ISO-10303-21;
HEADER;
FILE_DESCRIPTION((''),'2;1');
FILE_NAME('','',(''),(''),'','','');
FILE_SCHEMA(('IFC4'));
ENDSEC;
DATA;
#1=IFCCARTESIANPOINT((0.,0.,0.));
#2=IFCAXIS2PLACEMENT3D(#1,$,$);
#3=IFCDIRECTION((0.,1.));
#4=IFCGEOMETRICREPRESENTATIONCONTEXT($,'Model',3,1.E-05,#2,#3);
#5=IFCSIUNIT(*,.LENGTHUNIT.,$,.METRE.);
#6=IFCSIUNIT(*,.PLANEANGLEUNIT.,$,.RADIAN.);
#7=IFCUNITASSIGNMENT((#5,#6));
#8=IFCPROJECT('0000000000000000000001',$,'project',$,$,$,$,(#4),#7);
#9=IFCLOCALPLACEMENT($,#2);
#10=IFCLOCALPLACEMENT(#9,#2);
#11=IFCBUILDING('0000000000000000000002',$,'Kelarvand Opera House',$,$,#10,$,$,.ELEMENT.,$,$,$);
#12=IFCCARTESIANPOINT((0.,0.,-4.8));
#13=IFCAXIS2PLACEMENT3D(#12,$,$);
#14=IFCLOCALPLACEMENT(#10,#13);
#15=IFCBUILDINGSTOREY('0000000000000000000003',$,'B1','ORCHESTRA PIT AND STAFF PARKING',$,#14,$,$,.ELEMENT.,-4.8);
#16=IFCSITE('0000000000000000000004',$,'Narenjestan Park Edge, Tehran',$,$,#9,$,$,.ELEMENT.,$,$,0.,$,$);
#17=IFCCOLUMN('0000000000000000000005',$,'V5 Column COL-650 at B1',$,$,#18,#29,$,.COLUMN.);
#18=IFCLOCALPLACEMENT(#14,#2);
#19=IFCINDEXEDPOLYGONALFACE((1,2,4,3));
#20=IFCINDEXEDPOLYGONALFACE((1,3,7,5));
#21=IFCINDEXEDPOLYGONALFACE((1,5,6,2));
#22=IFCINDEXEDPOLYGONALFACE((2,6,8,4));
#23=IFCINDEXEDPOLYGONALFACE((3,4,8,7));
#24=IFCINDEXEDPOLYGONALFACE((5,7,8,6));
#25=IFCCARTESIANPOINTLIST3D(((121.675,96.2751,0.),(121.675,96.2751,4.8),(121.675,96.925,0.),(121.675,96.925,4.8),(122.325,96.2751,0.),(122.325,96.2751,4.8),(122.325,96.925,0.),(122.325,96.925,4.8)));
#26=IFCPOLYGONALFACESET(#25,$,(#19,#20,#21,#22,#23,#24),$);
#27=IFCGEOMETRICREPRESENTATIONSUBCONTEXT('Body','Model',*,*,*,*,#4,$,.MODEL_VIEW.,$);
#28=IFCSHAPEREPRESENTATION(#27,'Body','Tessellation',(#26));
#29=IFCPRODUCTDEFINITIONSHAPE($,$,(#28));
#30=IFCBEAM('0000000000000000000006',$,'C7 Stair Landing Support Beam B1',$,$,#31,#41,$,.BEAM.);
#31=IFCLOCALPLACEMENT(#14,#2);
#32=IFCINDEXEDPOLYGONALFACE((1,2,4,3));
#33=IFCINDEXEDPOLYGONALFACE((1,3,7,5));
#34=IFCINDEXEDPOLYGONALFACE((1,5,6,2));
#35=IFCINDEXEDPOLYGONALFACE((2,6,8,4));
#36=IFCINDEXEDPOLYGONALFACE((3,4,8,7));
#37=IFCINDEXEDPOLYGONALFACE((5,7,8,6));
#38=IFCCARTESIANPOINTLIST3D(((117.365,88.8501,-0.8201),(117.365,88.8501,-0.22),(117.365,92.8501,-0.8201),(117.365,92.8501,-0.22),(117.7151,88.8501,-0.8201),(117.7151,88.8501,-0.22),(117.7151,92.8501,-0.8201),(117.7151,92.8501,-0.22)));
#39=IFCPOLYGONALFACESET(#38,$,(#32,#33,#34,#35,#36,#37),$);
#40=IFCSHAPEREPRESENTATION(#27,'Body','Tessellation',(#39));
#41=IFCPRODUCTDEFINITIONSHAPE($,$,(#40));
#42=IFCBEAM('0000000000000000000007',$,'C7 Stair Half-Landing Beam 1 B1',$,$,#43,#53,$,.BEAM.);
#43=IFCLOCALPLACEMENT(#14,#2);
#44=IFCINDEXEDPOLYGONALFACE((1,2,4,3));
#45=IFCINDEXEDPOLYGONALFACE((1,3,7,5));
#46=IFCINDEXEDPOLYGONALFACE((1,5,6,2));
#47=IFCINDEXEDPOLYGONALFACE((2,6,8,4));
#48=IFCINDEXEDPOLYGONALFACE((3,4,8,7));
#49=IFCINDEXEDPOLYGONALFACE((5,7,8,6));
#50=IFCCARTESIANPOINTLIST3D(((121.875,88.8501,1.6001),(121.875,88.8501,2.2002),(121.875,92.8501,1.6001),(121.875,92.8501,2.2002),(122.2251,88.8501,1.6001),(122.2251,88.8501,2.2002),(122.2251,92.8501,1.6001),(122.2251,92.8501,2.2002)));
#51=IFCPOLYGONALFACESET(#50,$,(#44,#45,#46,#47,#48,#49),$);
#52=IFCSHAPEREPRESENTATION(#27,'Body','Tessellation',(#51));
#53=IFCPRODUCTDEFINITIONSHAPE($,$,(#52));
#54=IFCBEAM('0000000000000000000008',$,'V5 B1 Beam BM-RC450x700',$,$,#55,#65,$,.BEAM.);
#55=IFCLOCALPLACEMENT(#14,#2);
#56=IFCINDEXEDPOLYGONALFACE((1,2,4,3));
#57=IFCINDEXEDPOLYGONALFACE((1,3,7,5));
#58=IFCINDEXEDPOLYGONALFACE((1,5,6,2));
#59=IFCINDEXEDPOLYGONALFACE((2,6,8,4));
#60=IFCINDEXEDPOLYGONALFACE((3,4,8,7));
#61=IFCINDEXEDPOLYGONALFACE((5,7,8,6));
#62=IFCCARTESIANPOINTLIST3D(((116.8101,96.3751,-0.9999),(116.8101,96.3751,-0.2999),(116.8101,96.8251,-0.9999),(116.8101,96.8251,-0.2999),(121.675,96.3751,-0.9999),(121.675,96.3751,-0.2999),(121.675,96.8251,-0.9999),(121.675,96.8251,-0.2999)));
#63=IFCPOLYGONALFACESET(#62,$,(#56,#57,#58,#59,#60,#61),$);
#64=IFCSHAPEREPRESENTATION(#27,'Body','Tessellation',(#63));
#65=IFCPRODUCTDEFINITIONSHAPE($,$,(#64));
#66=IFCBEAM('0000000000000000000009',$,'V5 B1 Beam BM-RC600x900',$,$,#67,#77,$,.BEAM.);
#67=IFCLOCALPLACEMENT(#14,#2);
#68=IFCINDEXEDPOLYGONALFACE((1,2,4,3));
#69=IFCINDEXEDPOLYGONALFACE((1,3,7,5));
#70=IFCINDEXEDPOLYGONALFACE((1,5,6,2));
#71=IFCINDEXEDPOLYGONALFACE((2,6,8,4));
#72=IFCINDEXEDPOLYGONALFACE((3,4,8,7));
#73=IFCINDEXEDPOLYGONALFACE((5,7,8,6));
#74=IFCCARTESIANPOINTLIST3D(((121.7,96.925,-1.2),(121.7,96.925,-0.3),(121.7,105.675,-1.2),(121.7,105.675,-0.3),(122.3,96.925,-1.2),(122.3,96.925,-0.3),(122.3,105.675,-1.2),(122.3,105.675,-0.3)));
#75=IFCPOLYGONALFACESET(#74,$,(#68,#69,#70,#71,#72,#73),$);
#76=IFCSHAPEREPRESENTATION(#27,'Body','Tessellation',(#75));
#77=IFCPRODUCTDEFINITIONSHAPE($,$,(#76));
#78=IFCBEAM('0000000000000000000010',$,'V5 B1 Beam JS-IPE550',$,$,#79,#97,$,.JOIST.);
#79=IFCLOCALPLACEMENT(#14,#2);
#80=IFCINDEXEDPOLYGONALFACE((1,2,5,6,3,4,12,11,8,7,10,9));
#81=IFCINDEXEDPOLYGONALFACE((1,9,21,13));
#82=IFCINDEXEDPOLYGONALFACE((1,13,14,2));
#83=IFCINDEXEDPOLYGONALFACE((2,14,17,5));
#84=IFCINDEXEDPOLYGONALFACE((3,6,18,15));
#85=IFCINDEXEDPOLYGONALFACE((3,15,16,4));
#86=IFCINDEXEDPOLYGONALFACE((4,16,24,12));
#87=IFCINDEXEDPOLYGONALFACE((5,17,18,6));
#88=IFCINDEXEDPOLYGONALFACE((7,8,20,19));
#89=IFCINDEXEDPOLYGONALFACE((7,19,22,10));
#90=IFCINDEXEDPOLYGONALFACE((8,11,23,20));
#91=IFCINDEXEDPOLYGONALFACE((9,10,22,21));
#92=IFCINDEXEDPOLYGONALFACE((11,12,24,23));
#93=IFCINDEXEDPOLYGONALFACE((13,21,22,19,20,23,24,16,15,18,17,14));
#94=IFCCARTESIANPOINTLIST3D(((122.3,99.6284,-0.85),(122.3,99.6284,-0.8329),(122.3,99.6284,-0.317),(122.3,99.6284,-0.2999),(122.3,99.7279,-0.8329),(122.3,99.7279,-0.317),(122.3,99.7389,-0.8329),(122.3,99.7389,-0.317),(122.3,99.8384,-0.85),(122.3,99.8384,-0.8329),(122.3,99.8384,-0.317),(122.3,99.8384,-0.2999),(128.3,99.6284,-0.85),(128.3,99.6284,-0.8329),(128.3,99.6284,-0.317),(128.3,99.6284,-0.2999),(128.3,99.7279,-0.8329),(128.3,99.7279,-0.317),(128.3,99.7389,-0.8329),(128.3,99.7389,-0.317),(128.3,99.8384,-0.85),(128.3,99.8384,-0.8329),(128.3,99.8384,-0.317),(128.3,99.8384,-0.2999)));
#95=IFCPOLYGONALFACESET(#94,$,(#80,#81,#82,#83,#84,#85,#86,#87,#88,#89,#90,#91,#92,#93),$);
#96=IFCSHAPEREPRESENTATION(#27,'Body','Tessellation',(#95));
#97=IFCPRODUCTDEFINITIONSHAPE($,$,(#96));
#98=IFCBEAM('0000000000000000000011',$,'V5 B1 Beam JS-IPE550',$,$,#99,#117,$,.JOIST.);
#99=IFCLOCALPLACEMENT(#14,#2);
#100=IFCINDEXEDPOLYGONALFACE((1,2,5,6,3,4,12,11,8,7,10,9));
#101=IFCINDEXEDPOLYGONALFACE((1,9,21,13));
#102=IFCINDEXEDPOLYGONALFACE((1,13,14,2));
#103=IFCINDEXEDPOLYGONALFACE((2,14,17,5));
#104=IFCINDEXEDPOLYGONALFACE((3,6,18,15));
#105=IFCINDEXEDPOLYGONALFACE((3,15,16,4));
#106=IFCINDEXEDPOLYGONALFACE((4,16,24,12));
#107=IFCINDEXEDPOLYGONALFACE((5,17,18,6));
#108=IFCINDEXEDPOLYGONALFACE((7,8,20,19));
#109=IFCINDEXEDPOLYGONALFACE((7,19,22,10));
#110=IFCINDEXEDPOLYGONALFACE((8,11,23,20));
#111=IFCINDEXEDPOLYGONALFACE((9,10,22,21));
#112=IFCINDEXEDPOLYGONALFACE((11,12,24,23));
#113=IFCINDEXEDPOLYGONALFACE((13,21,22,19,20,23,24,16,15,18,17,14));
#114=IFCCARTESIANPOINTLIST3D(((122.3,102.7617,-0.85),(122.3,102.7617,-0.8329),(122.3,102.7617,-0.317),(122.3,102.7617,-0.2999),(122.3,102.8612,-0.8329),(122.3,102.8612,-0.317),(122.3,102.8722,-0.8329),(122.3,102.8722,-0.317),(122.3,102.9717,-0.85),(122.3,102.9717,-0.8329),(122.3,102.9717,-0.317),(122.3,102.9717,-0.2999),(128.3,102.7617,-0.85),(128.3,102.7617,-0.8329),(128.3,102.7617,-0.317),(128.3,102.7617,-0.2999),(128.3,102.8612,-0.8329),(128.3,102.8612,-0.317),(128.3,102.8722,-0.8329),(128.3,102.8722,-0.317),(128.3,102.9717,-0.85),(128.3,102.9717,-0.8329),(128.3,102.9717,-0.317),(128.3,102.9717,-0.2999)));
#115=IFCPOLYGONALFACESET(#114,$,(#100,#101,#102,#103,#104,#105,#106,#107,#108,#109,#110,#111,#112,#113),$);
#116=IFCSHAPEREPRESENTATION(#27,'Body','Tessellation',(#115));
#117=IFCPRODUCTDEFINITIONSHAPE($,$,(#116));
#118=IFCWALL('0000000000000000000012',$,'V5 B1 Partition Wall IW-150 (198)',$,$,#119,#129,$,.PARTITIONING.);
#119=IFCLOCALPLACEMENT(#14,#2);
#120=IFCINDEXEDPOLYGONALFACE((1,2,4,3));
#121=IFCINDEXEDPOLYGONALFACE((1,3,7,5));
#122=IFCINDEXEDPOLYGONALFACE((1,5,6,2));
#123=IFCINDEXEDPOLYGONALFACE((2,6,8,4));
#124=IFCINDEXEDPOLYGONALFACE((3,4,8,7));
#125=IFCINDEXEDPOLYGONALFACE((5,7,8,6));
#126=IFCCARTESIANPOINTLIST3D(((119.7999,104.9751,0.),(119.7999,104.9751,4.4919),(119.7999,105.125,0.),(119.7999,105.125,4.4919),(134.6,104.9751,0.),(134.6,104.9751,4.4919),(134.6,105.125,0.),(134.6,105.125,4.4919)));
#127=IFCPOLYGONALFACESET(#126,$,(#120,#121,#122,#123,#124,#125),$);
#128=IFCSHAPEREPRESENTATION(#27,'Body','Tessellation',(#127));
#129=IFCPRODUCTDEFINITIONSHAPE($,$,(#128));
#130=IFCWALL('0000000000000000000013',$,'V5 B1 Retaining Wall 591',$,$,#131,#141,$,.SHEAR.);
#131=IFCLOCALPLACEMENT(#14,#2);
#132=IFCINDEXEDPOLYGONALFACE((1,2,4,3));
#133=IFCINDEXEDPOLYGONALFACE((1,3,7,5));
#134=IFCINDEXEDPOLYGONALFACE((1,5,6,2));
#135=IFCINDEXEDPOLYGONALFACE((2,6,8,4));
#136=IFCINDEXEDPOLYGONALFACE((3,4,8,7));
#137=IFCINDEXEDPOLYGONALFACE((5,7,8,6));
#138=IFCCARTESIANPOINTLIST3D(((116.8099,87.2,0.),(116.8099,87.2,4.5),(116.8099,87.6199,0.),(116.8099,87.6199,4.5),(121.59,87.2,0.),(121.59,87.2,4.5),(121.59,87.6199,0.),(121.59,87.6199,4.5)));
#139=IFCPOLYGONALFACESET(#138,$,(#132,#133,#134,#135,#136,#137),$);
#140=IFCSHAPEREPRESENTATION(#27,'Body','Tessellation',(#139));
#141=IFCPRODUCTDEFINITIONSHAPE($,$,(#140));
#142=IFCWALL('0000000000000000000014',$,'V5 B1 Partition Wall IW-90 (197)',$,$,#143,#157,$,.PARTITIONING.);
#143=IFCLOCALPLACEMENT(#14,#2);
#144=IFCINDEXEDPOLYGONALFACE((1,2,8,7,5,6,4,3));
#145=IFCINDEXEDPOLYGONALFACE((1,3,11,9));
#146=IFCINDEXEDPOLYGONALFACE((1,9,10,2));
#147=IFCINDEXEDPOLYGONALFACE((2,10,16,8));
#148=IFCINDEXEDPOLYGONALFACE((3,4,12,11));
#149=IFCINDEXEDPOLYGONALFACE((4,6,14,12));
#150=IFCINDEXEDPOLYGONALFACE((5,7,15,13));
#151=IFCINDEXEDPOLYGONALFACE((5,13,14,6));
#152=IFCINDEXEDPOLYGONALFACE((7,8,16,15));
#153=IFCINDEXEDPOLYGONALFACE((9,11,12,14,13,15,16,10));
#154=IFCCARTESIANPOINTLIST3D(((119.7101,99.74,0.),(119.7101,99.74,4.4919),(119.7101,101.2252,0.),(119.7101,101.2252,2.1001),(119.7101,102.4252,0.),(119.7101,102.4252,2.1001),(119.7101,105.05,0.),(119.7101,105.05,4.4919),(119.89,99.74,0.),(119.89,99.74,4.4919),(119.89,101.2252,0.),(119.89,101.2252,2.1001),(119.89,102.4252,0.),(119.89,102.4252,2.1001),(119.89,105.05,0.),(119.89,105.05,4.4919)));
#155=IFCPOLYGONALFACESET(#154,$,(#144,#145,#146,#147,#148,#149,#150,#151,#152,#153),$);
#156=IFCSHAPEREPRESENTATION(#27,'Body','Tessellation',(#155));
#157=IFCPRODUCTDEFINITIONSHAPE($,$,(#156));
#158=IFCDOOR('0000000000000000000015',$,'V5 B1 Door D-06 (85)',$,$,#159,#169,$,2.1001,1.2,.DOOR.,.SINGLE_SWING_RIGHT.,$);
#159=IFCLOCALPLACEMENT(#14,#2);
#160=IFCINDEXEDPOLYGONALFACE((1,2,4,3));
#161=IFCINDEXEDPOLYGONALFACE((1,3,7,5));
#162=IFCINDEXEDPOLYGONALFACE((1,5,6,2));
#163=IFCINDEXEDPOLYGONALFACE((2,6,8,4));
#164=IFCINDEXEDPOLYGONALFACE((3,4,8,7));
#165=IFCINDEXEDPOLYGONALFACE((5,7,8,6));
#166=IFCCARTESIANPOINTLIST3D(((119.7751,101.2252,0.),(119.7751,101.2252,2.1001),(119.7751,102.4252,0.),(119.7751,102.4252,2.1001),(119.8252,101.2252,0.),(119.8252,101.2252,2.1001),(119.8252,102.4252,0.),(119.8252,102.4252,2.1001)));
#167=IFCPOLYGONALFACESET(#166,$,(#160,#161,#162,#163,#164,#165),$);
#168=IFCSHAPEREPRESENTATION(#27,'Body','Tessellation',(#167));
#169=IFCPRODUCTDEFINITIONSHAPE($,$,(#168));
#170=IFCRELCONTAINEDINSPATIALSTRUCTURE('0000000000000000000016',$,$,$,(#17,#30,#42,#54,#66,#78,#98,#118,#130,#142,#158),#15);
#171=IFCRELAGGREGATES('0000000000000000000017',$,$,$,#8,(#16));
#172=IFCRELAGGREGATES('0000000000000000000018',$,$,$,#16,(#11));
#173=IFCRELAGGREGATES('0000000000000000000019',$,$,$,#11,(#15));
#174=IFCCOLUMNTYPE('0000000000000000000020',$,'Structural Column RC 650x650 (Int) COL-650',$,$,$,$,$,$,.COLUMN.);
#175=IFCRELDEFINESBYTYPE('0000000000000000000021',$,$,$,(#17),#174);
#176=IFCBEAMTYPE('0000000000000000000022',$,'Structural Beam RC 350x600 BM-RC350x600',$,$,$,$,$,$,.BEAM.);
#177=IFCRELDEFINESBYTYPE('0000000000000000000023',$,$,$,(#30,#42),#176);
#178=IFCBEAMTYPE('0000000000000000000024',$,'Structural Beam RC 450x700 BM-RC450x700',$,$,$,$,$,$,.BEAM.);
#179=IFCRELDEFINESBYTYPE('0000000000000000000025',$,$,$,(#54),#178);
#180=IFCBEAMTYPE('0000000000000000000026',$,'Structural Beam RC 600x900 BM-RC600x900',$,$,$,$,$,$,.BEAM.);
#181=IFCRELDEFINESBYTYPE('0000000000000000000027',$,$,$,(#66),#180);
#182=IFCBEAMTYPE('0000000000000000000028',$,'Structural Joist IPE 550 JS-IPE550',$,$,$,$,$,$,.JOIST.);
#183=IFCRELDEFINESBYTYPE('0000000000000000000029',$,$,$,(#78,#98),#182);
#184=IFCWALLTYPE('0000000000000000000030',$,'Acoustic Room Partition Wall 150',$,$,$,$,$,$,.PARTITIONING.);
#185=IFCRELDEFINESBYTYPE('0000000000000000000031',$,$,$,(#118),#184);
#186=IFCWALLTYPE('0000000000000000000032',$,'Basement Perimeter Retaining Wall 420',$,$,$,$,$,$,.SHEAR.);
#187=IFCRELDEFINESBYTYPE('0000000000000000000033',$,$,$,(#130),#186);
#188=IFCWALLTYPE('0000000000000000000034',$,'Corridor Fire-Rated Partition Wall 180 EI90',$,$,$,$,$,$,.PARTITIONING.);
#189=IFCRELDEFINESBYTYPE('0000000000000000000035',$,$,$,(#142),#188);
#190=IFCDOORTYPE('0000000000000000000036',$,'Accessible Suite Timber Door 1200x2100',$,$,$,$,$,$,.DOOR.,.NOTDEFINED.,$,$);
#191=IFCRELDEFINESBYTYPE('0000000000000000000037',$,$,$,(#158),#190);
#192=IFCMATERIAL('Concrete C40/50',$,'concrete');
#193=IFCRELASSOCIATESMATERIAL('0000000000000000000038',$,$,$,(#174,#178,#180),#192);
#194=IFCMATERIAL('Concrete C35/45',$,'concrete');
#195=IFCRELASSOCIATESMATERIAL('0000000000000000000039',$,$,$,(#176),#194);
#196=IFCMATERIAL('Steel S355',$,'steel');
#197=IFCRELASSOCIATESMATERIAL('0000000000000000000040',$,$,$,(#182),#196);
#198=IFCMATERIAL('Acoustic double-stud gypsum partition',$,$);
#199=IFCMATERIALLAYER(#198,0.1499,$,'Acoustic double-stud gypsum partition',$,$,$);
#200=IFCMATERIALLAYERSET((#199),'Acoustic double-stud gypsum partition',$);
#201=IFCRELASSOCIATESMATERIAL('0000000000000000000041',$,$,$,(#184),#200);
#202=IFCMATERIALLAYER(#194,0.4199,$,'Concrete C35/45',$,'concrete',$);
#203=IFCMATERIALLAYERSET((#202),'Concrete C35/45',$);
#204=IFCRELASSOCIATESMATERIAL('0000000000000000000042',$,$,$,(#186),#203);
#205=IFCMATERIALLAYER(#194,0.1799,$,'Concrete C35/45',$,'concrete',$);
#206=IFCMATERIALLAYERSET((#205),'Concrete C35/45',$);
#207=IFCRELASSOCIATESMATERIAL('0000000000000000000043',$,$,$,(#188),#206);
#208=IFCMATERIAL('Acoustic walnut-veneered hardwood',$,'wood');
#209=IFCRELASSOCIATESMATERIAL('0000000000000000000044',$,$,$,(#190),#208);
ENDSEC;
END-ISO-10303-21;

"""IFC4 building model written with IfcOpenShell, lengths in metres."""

from ifc_helpers import new_model, si_unit, direction, frame, frame_2d, origin, origin_2d, place, context, subcontext, project, spatial, rectangle, i_section, extrude, material, layer, layer_set, material_profile, profile_set, type_object, element, fill, save


model = new_model("IFC4")

# Units and contexts
model_context = context("Model", 3, precision=1e-05, world=origin(), true_north=direction((0.0, 1.0)))
body_context = subcontext(model_context, "Body", "Model", "MODEL_VIEW")
ifc_project = project(units=[si_unit("LENGTHUNIT", "METRE"), si_unit("PLANEANGLEUNIT", "RADIAN")], contexts=[model_context])

# Site, building, storey
site_placement = place(None, origin())
site = spatial("IfcSite", under=ifc_project, at=site_placement, Name="Narenjestan Park Edge, Tehran", CompositionType="ELEMENT", RefElevation=0.0)
building_placement = place(site_placement, origin())
building = spatial("IfcBuilding", under=site, at=building_placement, Name="Kelarvand Opera House", CompositionType="ELEMENT")
storey_placement = place(building_placement, frame((0.0, 0.0, -4.8)))
storey = spatial("IfcBuildingStorey", under=building, at=storey_placement, Name="B1", Description="ORCHESTRA PIT AND STAFF PARKING", CompositionType="ELEMENT", Elevation=-4.8)

# Column
ifc_material_1 = material(Name="Concrete C40/50", Category="concrete")
ifc_material_profile_1 = material_profile(ifc_material_1, rectangle(XDim=0.6499, YDim=0.6499, at=origin_2d()), Name="RC 650x650", Category="concrete")
ifc_profile_set_1 = profile_set([ifc_material_profile_1], Name="Concrete C40/50")
column_type = type_object("IfcColumnType", Name="Structural Column RC 650x650 (Int) COL-650", PredefinedType="COLUMN", material=ifc_profile_set_1)
column_placement = place(storey_placement, frame((122.0, 96.6001, 0.0), z_axis=(0.0, 0.0, 1.0), x_axis=(1.0, 0.0, 0.0)))
element("IfcColumn", 1, at=column_placement, inside=storey, type_object=column_type, Name="V5 Column COL-650 at B1", PredefinedType="COLUMN", context=body_context, shape_type="SweptSolid", body=[
    extrude(rectangle(XDim=0.6499, YDim=0.6499, at=origin_2d()), origin(), (0.0, 0.0, 1.0), 4.8),
])

# Beams
ifc_material_2 = material(Name="Concrete C35/45", Category="concrete")
ifc_material_profile_2 = material_profile(ifc_material_2, rectangle(XDim=0.3501, YDim=0.6001, at=origin_2d()), Name="RC 350x600", Category="concrete")
ifc_profile_set_2 = profile_set([ifc_material_profile_2], Name="Concrete C35/45")
beam_type_1 = type_object("IfcBeamType", Name="Structural Beam RC 350x600 BM-RC350x600", PredefinedType="BEAM", material=ifc_profile_set_2)
for number, where, z_axis, x_axis, name in (
    (2, (117.54, 88.8501, -0.52), (0.0, 1.0, 0.0), (-1.0, 0.0, 0.0), "C7 Stair Landing Support Beam B1"),
    (3, (122.05, 88.8501, 1.9001), (0.0, 1.0, 0.0), (-1.0, 0.0, 0.0), "C7 Stair Half-Landing Beam 1 B1"),
):
    element("IfcBeam", number, at=place(storey_placement, frame(where, z_axis=z_axis, x_axis=x_axis)), inside=storey, type_object=beam_type_1, Name=name, PredefinedType="BEAM", context=body_context, shape_type="SweptSolid", body=[
        extrude(rectangle(XDim=0.3501, YDim=0.6001, at=origin_2d()), origin(), (0.0, 0.0, 1.0), 4.0),
    ])
ifc_material_profile_3 = material_profile(ifc_material_1, rectangle(XDim=0.45, YDim=0.7, at=origin_2d()), Name="RC 450x700", Category="concrete")
ifc_profile_set_3 = profile_set([ifc_material_profile_3], Name="Concrete C40/50")
beam_type_2 = type_object("IfcBeamType", Name="Structural Beam RC 450x700 BM-RC450x700", PredefinedType="BEAM", material=ifc_profile_set_3)
beam_1_placement = place(storey_placement, frame((116.8101, 96.6001, -0.6499), z_axis=(1.0, 0.0, 0.0), x_axis=(0.0, 1.0, 0.0)))
element("IfcBeam", 4, at=beam_1_placement, inside=storey, type_object=beam_type_2, Name="V5 B1 Beam BM-RC450x700", PredefinedType="BEAM", context=body_context, shape_type="SweptSolid", body=[
    extrude(rectangle(XDim=0.45, YDim=0.7, at=origin_2d()), origin(), (0.0, 0.0, 1.0), 4.865),
])
ifc_material_profile_4 = material_profile(ifc_material_1, rectangle(XDim=0.6001, YDim=0.8999, at=origin_2d()), Name="RC 600x900", Category="concrete")
ifc_profile_set_4 = profile_set([ifc_material_profile_4], Name="Concrete C40/50")
beam_type_3 = type_object("IfcBeamType", Name="Structural Beam RC 600x900 BM-RC600x900", PredefinedType="BEAM", material=ifc_profile_set_4)
beam_2_placement = place(storey_placement, frame((122.0, 96.925, -0.75), z_axis=(0.0, 1.0, 0.0), x_axis=(-1.0, 0.0, 0.0)))
element("IfcBeam", 5, at=beam_2_placement, inside=storey, type_object=beam_type_3, Name="V5 B1 Beam BM-RC600x900", PredefinedType="BEAM", context=body_context, shape_type="SweptSolid", body=[
    extrude(rectangle(XDim=0.6001, YDim=0.8999, at=origin_2d()), origin(), (0.0, 0.0, 1.0), 8.75),
])
ifc_material_3 = material(Name="Steel S355", Category="steel")
ifc_material_profile_5 = material_profile(ifc_material_3, i_section(OverallWidth=0.21, OverallDepth=0.55, WebThickness=0.011, FlangeThickness=0.0171, at=origin_2d()), Name="IPE 550", Category="steel")
ifc_profile_set_5 = profile_set([ifc_material_profile_5], Name="Steel S355")
beam_type_4 = type_object("IfcBeamType", Name="Structural Joist IPE 550 JS-IPE550", PredefinedType="JOIST", material=ifc_profile_set_5)
for number, where, z_axis, x_axis, name in (
    (6, (122.3, 99.7334, -0.575), (1.0, 0.0, 0.0), (0.0, 1.0, 0.0), "V5 B1 Beam JS-IPE550"),
    (7, (122.3, 102.8667, -0.575), (1.0, 0.0, 0.0), (0.0, 1.0, 0.0), "V5 B1 Beam JS-IPE550"),
):
    element("IfcBeam", number, at=place(storey_placement, frame(where, z_axis=z_axis, x_axis=x_axis)), inside=storey, type_object=beam_type_4, Name=name, PredefinedType="JOIST", context=body_context, shape_type="SweptSolid", body=[
        extrude(i_section(OverallWidth=0.21, OverallDepth=0.55, WebThickness=0.011, FlangeThickness=0.0171, at=origin_2d()), origin(), (0.0, 0.0, 1.0), 6.0),
    ])

# Walls
ifc_material_4 = material(Name="Acoustic double-stud gypsum partition")
ifc_layer_1 = layer(ifc_material_4, 0.1499, Name="Acoustic double-stud gypsum partition")
ifc_layer_set_1 = layer_set([ifc_layer_1], Name="Acoustic double-stud gypsum partition")
wall_type_1 = type_object("IfcWallType", Name="Acoustic Room Partition Wall 150", PredefinedType="PARTITIONING", material=ifc_layer_set_1)
wall_1_placement = place(storey_placement, frame((119.8, 105.05, 0.0), z_axis=(0.0, 0.0, 1.0), x_axis=(1.0, 0.0, 0.0)))
element("IfcWall", 8, at=wall_1_placement, inside=storey, type_object=wall_type_1, Name="V5 B1 Partition Wall IW-150 (198)", PredefinedType="PARTITIONING", context=body_context, shape_type="SweptSolid", body=[
    extrude(rectangle(XDim=14.8, YDim=0.1499, at=frame_2d((7.3999, 0.0))), origin(), (0.0, 0.0, 1.0), 4.4919),
])
ifc_layer_2 = layer(ifc_material_2, 0.4199, Name="Concrete C35/45", Category="concrete")
ifc_layer_set_2 = layer_set([ifc_layer_2], Name="Concrete C35/45")
wall_type_2 = type_object("IfcWallType", Name="Basement Perimeter Retaining Wall 420", PredefinedType="SHEAR", material=ifc_layer_set_2)
wall_2_placement = place(storey_placement, frame((121.5901, 87.4099, 0.0), z_axis=(0.0, 0.0, 1.0), x_axis=(-1.0, 0.0, 0.0)))
element("IfcWall", 9, at=wall_2_placement, inside=storey, type_object=wall_type_2, Name="V5 B1 Retaining Wall 591", PredefinedType="SHEAR", context=body_context, shape_type="SweptSolid", body=[
    extrude(rectangle(XDim=4.78, YDim=0.4199, at=frame_2d((2.3901, 0.0))), origin(), (0.0, 0.0, 1.0), 4.5),
])

# Wall, opening, door
ifc_layer_3 = layer(ifc_material_2, 0.1799, Name="Concrete C35/45", Category="concrete")
ifc_layer_set_3 = layer_set([ifc_layer_3], Name="Concrete C35/45")
wall_type_3 = type_object("IfcWallType", Name="Corridor Fire-Rated Partition Wall 180 EI90", PredefinedType="PARTITIONING", material=ifc_layer_set_3)
wall_3_placement = place(storey_placement, frame((119.8, 99.74, 0.0), z_axis=(0.0, 0.0, 1.0), x_axis=(0.0, 1.0, 0.0)))
wall_3 = element("IfcWall", 10, at=wall_3_placement, inside=storey, type_object=wall_type_3, Name="V5 B1 Partition Wall IW-90 (197)", PredefinedType="PARTITIONING", context=body_context, shape_type="SweptSolid", body=[
    extrude(rectangle(XDim=5.3101, YDim=0.1799, at=frame_2d((2.655, 0.0))), origin(), (0.0, 0.0, 1.0), 4.4919),
])
opening_1_placement = place(wall_3_placement, frame((1.4851, 0.0, 0.0)))
opening_1 = element("IfcOpeningElement", 11, at=opening_1_placement, cuts=wall_3, PredefinedType="OPENING", context=body_context, shape_type="SweptSolid", body=[
    extrude(rectangle(XDim=1.2, YDim=2.1001, at=frame_2d((0.6001, 1.05))), frame((0.0, 0.1001, 0.0), z_axis=(0.0, -1.0, 0.0), x_axis=(1.0, 0.0, 0.0)), (0.0, 0.0, 1.0), 0.2),
])
ifc_material_5 = material(Name="Acoustic walnut-veneered hardwood", Category="wood")
door_type_1 = type_object("IfcDoorType", Name="Accessible Suite Timber Door 1200x2100", OperationType="NOTDEFINED", PredefinedType="DOOR", material=ifc_material_5)
door_1_placement = place(opening_1_placement, origin())
door_1 = element("IfcDoor", 12, at=door_1_placement, inside=storey, type_object=door_type_1, Name="V5 B1 Door D-06 (85)", OperationType="SINGLE_SWING_RIGHT", OverallHeight=2.1001, OverallWidth=1.2, PredefinedType="DOOR", context=body_context, shape_type="SweptSolid", body=[
    extrude(rectangle(XDim=1.2, YDim=2.1001, at=frame_2d((0.6001, 1.05))), frame((0.0, 0.0249, 0.0), z_axis=(0.0, -1.0, 0.0), x_axis=(1.0, 0.0, 0.0)), (0.0, 0.0, 1.0), 0.05),
])
fill(opening_1, door_1)

save(model, "model.ifc")
